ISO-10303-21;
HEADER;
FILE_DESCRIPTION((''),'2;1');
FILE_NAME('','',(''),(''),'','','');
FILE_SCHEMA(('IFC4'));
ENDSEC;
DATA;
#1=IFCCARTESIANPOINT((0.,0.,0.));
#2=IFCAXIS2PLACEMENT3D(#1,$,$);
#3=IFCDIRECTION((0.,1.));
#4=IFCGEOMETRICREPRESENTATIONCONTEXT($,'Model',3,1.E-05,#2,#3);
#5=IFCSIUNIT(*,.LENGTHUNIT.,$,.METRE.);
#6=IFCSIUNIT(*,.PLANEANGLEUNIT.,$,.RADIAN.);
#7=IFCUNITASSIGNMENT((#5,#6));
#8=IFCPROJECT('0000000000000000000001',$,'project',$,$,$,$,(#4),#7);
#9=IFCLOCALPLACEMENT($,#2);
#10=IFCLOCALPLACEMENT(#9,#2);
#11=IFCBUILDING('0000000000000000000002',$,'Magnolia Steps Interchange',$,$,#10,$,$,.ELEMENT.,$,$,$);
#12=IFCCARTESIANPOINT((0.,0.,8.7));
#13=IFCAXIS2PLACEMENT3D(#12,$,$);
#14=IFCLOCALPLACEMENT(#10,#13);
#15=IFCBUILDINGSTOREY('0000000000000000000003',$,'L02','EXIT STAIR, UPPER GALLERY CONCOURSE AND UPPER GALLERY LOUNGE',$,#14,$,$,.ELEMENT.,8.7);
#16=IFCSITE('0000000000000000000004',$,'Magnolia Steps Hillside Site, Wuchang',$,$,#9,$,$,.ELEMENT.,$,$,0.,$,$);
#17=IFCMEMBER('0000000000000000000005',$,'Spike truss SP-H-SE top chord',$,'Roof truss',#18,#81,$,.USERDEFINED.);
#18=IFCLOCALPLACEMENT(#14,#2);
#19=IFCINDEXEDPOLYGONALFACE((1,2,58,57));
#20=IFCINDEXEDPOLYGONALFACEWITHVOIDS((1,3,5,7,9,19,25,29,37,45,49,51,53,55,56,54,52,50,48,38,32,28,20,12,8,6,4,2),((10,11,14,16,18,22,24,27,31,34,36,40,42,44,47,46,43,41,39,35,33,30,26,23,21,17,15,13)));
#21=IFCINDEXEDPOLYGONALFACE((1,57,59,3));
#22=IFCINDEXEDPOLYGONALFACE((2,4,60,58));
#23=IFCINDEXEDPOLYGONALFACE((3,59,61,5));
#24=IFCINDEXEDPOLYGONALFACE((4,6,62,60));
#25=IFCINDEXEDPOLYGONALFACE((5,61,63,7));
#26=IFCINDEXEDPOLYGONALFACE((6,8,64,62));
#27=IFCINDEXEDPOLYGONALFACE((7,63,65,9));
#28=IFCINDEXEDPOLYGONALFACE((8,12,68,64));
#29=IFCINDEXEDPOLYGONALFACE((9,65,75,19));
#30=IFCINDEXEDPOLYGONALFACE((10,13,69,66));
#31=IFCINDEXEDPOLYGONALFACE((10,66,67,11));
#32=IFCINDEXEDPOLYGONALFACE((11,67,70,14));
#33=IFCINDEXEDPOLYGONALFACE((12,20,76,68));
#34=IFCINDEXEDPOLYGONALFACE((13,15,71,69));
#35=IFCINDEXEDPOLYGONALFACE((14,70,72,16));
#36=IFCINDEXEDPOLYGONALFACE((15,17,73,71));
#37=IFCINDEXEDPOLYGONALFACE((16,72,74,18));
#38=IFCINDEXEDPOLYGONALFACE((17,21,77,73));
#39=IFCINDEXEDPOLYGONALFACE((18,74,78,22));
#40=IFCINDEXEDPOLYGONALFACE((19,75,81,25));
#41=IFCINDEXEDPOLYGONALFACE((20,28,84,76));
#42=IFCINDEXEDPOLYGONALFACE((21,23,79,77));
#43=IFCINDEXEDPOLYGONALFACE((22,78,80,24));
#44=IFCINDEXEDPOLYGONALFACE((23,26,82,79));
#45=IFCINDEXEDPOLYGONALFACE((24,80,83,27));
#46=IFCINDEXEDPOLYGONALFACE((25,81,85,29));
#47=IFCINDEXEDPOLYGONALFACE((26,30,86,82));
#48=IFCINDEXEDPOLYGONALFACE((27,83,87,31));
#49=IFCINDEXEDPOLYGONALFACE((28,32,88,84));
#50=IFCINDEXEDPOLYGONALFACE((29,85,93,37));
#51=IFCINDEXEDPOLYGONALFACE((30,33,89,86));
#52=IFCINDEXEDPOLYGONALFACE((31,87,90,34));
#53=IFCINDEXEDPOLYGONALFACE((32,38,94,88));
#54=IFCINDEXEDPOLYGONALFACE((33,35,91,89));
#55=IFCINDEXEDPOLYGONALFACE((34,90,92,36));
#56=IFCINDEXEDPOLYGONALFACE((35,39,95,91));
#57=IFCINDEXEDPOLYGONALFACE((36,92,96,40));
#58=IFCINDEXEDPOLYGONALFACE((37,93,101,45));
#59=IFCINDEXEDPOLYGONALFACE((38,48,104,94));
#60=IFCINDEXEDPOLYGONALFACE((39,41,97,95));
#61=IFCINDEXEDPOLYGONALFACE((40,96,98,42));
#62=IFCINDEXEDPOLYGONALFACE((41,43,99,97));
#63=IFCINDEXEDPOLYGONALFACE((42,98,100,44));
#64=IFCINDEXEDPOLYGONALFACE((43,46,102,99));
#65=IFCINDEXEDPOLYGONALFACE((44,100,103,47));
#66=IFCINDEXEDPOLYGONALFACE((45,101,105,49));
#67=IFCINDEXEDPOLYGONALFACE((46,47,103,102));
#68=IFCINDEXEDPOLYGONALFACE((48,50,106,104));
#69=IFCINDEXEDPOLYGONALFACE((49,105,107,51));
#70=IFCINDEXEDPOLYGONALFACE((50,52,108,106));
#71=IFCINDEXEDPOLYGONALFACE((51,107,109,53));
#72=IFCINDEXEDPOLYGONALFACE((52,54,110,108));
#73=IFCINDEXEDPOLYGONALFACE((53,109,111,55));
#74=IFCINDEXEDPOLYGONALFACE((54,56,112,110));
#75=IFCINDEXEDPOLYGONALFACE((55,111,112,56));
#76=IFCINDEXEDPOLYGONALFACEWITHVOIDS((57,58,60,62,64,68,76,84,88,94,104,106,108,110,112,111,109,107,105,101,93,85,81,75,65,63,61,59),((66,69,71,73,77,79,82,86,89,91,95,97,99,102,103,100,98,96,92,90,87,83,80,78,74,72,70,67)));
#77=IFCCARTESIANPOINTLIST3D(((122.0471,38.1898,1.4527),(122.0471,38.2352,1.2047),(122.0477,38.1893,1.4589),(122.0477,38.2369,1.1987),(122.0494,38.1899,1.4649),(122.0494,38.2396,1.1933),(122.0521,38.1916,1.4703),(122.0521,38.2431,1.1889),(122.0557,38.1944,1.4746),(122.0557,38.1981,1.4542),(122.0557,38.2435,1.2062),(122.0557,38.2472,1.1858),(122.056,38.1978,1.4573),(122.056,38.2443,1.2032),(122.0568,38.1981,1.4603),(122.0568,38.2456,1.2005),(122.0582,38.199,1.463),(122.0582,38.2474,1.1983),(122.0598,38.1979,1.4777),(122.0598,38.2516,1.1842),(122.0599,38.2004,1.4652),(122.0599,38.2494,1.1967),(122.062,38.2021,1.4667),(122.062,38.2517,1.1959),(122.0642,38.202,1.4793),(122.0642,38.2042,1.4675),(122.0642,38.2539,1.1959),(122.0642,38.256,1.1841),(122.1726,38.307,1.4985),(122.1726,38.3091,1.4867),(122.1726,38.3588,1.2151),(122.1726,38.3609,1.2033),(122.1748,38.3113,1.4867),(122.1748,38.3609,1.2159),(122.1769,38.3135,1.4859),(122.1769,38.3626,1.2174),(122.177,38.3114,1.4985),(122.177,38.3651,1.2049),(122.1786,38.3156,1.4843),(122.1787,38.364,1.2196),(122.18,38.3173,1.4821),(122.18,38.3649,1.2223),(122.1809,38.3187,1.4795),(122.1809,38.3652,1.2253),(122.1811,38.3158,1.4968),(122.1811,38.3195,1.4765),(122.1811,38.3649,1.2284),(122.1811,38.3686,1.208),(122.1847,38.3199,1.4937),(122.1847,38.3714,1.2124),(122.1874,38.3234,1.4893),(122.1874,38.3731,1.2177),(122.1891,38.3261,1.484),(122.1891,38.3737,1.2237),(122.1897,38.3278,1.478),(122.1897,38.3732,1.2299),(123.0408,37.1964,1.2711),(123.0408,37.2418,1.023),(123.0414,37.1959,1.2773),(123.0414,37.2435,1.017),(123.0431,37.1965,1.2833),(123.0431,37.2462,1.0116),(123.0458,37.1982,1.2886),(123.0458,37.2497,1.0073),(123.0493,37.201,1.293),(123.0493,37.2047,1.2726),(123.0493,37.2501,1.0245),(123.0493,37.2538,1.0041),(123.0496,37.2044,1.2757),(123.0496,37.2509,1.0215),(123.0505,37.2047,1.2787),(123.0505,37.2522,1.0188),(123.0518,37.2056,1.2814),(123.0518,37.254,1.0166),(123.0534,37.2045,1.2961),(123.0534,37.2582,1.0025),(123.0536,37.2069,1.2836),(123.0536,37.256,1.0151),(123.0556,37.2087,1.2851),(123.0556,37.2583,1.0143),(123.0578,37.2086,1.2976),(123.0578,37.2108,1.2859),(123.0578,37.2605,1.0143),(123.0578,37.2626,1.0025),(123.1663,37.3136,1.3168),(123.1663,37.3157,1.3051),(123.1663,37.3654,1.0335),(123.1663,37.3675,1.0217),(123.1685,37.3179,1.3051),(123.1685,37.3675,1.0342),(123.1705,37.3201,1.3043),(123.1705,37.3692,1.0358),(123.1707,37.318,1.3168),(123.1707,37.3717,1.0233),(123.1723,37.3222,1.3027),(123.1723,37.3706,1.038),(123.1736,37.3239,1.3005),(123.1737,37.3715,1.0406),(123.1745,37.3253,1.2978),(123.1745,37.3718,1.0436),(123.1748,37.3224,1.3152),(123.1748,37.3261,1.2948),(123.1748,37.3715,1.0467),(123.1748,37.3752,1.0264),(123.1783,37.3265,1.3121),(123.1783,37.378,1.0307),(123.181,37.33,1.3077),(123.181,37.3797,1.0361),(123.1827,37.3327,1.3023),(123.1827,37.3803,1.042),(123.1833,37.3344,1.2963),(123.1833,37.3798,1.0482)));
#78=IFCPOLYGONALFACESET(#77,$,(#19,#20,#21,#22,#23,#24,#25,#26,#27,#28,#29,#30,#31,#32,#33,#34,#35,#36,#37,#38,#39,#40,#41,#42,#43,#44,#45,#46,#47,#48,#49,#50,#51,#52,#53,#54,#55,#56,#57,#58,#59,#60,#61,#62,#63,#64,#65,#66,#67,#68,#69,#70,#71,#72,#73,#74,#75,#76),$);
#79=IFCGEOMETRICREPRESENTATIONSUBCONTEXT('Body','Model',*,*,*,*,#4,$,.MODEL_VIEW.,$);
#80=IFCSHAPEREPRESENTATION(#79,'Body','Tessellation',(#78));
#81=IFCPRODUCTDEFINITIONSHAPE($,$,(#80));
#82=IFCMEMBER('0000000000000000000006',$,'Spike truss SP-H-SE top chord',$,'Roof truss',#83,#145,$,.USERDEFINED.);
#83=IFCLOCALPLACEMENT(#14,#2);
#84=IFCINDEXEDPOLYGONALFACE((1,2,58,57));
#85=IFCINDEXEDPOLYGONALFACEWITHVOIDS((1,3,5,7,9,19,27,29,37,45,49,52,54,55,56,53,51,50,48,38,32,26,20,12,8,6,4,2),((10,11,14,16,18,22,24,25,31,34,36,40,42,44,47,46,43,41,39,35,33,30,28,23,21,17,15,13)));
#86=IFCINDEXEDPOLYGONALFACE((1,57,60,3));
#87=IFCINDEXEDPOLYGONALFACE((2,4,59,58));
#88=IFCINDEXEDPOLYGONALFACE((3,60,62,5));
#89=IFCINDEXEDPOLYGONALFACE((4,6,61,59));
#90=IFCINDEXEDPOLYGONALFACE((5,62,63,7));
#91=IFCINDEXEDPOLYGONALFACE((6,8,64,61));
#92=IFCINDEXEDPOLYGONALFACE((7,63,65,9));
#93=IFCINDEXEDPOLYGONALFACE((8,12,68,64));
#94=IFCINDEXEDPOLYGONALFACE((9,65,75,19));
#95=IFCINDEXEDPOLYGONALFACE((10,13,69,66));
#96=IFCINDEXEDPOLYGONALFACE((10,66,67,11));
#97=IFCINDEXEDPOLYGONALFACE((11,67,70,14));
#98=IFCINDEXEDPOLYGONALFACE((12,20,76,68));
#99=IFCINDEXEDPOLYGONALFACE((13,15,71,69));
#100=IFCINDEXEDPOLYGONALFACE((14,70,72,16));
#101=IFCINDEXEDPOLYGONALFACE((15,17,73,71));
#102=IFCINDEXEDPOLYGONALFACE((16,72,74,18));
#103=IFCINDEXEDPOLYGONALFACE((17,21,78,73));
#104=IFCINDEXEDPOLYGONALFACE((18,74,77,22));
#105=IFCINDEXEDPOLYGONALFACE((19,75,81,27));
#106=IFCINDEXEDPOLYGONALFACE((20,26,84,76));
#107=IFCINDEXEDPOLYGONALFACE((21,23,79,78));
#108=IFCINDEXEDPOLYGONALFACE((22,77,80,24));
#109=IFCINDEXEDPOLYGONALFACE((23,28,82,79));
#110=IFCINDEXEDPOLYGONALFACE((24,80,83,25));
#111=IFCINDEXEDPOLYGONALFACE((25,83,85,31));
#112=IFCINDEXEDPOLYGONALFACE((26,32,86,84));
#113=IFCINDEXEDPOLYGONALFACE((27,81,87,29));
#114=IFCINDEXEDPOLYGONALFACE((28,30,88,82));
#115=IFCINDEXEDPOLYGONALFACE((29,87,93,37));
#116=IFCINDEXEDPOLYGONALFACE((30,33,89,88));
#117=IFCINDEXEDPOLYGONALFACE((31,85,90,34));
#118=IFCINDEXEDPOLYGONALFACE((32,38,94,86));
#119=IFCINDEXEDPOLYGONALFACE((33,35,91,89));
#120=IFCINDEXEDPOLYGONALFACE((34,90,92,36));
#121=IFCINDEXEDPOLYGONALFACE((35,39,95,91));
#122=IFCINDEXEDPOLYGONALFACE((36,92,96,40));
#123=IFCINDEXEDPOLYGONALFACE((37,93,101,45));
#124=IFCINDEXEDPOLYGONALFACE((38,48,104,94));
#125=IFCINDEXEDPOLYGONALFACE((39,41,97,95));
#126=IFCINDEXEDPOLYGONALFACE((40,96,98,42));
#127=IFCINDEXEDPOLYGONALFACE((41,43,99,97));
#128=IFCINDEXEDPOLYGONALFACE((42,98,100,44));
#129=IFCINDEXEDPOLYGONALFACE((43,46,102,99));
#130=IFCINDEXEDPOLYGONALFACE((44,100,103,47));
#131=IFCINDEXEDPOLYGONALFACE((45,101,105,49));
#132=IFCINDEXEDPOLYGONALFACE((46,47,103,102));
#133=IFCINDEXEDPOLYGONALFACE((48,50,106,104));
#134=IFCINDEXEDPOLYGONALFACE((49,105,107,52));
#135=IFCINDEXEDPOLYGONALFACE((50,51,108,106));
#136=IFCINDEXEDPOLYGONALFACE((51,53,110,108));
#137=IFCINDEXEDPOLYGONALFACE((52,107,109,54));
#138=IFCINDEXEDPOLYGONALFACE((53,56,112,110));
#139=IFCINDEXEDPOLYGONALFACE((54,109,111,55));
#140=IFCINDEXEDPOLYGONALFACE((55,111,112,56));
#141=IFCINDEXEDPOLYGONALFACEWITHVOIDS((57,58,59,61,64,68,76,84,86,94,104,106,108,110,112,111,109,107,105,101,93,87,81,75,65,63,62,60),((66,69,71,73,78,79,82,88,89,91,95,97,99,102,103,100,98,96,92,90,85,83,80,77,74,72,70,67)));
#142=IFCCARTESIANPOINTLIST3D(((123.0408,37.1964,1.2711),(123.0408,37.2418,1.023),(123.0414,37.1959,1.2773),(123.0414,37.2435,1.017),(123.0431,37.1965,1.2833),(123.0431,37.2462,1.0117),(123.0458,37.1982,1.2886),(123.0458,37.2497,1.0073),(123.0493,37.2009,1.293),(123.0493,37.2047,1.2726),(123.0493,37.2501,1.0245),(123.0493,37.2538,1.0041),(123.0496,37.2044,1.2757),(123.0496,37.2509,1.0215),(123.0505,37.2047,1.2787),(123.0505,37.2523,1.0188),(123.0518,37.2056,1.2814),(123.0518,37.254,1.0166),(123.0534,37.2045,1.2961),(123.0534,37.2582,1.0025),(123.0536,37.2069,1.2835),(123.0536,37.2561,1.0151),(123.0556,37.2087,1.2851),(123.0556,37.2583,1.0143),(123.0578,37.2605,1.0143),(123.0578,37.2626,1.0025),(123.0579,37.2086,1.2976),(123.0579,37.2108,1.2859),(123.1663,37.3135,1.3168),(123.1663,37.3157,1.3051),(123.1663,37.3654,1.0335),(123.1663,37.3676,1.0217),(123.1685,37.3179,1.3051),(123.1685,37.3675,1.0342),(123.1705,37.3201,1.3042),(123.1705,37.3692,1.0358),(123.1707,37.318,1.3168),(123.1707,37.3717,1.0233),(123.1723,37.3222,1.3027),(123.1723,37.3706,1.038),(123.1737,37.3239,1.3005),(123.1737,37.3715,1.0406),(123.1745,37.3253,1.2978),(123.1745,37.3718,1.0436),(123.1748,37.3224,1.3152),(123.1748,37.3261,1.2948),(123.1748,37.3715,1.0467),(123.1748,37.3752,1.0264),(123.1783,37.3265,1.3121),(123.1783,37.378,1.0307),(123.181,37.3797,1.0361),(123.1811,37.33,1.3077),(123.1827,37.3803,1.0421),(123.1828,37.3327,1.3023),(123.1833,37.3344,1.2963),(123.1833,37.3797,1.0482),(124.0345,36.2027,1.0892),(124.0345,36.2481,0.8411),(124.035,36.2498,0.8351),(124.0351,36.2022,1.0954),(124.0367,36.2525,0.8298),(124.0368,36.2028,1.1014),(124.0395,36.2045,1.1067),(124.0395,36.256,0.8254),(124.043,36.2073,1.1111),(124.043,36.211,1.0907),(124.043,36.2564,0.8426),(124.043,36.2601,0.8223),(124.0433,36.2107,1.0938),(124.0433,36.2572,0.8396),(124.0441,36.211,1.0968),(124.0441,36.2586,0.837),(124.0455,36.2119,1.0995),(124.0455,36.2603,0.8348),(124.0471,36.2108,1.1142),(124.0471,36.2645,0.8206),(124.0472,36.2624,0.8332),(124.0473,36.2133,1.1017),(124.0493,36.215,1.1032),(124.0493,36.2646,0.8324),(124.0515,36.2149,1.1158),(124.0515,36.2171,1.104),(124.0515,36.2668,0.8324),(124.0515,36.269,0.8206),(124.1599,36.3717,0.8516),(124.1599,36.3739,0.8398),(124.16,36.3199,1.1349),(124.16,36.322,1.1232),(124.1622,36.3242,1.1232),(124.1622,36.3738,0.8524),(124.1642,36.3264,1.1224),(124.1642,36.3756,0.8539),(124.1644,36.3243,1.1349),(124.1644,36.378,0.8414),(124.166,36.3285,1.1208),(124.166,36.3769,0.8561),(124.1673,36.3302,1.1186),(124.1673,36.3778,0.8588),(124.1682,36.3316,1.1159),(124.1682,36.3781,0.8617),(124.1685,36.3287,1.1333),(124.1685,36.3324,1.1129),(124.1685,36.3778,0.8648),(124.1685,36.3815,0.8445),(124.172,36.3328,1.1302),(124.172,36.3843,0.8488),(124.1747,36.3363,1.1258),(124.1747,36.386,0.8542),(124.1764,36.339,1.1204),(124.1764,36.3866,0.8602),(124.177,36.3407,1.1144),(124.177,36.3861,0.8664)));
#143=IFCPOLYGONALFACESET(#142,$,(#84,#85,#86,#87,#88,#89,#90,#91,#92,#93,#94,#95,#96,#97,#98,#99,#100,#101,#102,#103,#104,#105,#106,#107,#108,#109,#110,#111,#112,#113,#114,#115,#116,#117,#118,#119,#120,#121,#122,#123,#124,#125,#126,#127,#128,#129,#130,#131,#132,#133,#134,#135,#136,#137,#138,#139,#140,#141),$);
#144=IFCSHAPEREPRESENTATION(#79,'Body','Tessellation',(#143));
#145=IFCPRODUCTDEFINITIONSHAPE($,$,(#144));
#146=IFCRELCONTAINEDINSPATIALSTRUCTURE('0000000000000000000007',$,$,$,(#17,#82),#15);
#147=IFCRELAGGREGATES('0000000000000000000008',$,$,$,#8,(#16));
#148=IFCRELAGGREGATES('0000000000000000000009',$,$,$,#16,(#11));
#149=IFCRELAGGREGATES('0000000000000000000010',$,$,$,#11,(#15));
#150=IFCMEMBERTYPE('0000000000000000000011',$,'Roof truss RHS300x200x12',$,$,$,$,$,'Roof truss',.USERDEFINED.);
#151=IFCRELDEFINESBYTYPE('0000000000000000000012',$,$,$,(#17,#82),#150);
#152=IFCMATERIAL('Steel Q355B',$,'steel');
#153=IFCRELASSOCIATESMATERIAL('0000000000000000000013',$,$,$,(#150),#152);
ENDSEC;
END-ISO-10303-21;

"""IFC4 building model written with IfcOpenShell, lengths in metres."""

from ifc_helpers import new_model, si_unit, direction, frame, origin, origin_2d, place, context, subcontext, project, spatial, hollow_rectangle, extrude, material, material_profile, profile_set, type_object, element, save


model = new_model("IFC4")

# Units and contexts
model_context = context("Model", 3, precision=1e-05, world=origin(), true_north=direction((0.0, 1.0)))
body_context = subcontext(model_context, "Body", "Model", "MODEL_VIEW")
ifc_project = project(units=[si_unit("LENGTHUNIT", "METRE"), si_unit("PLANEANGLEUNIT", "RADIAN")], contexts=[model_context])

# Site, building, storey
site_placement = place(None, origin())
site = spatial("IfcSite", under=ifc_project, at=site_placement, Name="Magnolia Steps Hillside Site, Wuchang", CompositionType="ELEMENT", RefElevation=0.0)
building_placement = place(site_placement, origin())
building = spatial("IfcBuilding", under=site, at=building_placement, Name="Magnolia Steps Interchange", CompositionType="ELEMENT")
storey_placement = place(building_placement, frame((0.0, 0.0, 8.7)))
storey = spatial("IfcBuildingStorey", under=building, at=storey_placement, Name="L02", Description="EXIT STAIR, UPPER GALLERY CONCOURSE AND UPPER GALLERY LOUNGE", CompositionType="ELEMENT", Elevation=8.7)

# Members
ifc_material_1 = material(Name="Steel Q355B", Category="steel")
ifc_material_profile_1 = material_profile(ifc_material_1, hollow_rectangle(XDim=0.2, YDim=0.3, WallThickness=0.012, InnerFilletRadius=0.012, OuterFilletRadius=0.0239, at=origin_2d()), Name="RHS300x200x12")
ifc_profile_set_1 = profile_set([ifc_material_profile_1], Name="Steel Q355B")
member_type_1 = type_object("IfcMemberType", Name="Roof truss RHS300x200x12", ElementType="Roof truss", PredefinedType="USERDEFINED", material=ifc_profile_set_1)
member_1_placement = place(storey_placement, frame((122.1184, 38.2815, 1.3413), z_axis=(0.701357, -0.701185, -0.128209), x_axis=(0.71281, 0.689912, 0.126188)))
element("IfcMember", 1, at=member_1_placement, inside=storey, type_object=member_type_1, Name="Spike truss SP-H-SE top chord", ObjectType="Roof truss", PredefinedType="USERDEFINED", context=body_context, shape_type="SweptSolid", body=[
    extrude(hollow_rectangle(XDim=0.2, YDim=0.3, WallThickness=0.012, InnerFilletRadius=0.012, OuterFilletRadius=0.0239, at=origin_2d()), origin(), (0.0, 0.0, 1.0), 1.4167),
])
member_2_placement = place(storey_placement, frame((123.1121, 37.2881, 1.1597), z_axis=(0.701257, -0.701257, -0.128363), x_axis=(0.712908, 0.689811, 0.126185)))
element("IfcMember", 2, at=member_2_placement, inside=storey, type_object=member_type_1, Name="Spike truss SP-H-SE top chord", ObjectType="Roof truss", PredefinedType="USERDEFINED", context=body_context, shape_type="SweptSolid", body=[
    extrude(hollow_rectangle(XDim=0.2, YDim=0.3, WallThickness=0.012, InnerFilletRadius=0.012, OuterFilletRadius=0.0239, at=origin_2d()), origin(), (0.0, 0.0, 1.0), 1.417),
])

save(model, "model.ifc")
